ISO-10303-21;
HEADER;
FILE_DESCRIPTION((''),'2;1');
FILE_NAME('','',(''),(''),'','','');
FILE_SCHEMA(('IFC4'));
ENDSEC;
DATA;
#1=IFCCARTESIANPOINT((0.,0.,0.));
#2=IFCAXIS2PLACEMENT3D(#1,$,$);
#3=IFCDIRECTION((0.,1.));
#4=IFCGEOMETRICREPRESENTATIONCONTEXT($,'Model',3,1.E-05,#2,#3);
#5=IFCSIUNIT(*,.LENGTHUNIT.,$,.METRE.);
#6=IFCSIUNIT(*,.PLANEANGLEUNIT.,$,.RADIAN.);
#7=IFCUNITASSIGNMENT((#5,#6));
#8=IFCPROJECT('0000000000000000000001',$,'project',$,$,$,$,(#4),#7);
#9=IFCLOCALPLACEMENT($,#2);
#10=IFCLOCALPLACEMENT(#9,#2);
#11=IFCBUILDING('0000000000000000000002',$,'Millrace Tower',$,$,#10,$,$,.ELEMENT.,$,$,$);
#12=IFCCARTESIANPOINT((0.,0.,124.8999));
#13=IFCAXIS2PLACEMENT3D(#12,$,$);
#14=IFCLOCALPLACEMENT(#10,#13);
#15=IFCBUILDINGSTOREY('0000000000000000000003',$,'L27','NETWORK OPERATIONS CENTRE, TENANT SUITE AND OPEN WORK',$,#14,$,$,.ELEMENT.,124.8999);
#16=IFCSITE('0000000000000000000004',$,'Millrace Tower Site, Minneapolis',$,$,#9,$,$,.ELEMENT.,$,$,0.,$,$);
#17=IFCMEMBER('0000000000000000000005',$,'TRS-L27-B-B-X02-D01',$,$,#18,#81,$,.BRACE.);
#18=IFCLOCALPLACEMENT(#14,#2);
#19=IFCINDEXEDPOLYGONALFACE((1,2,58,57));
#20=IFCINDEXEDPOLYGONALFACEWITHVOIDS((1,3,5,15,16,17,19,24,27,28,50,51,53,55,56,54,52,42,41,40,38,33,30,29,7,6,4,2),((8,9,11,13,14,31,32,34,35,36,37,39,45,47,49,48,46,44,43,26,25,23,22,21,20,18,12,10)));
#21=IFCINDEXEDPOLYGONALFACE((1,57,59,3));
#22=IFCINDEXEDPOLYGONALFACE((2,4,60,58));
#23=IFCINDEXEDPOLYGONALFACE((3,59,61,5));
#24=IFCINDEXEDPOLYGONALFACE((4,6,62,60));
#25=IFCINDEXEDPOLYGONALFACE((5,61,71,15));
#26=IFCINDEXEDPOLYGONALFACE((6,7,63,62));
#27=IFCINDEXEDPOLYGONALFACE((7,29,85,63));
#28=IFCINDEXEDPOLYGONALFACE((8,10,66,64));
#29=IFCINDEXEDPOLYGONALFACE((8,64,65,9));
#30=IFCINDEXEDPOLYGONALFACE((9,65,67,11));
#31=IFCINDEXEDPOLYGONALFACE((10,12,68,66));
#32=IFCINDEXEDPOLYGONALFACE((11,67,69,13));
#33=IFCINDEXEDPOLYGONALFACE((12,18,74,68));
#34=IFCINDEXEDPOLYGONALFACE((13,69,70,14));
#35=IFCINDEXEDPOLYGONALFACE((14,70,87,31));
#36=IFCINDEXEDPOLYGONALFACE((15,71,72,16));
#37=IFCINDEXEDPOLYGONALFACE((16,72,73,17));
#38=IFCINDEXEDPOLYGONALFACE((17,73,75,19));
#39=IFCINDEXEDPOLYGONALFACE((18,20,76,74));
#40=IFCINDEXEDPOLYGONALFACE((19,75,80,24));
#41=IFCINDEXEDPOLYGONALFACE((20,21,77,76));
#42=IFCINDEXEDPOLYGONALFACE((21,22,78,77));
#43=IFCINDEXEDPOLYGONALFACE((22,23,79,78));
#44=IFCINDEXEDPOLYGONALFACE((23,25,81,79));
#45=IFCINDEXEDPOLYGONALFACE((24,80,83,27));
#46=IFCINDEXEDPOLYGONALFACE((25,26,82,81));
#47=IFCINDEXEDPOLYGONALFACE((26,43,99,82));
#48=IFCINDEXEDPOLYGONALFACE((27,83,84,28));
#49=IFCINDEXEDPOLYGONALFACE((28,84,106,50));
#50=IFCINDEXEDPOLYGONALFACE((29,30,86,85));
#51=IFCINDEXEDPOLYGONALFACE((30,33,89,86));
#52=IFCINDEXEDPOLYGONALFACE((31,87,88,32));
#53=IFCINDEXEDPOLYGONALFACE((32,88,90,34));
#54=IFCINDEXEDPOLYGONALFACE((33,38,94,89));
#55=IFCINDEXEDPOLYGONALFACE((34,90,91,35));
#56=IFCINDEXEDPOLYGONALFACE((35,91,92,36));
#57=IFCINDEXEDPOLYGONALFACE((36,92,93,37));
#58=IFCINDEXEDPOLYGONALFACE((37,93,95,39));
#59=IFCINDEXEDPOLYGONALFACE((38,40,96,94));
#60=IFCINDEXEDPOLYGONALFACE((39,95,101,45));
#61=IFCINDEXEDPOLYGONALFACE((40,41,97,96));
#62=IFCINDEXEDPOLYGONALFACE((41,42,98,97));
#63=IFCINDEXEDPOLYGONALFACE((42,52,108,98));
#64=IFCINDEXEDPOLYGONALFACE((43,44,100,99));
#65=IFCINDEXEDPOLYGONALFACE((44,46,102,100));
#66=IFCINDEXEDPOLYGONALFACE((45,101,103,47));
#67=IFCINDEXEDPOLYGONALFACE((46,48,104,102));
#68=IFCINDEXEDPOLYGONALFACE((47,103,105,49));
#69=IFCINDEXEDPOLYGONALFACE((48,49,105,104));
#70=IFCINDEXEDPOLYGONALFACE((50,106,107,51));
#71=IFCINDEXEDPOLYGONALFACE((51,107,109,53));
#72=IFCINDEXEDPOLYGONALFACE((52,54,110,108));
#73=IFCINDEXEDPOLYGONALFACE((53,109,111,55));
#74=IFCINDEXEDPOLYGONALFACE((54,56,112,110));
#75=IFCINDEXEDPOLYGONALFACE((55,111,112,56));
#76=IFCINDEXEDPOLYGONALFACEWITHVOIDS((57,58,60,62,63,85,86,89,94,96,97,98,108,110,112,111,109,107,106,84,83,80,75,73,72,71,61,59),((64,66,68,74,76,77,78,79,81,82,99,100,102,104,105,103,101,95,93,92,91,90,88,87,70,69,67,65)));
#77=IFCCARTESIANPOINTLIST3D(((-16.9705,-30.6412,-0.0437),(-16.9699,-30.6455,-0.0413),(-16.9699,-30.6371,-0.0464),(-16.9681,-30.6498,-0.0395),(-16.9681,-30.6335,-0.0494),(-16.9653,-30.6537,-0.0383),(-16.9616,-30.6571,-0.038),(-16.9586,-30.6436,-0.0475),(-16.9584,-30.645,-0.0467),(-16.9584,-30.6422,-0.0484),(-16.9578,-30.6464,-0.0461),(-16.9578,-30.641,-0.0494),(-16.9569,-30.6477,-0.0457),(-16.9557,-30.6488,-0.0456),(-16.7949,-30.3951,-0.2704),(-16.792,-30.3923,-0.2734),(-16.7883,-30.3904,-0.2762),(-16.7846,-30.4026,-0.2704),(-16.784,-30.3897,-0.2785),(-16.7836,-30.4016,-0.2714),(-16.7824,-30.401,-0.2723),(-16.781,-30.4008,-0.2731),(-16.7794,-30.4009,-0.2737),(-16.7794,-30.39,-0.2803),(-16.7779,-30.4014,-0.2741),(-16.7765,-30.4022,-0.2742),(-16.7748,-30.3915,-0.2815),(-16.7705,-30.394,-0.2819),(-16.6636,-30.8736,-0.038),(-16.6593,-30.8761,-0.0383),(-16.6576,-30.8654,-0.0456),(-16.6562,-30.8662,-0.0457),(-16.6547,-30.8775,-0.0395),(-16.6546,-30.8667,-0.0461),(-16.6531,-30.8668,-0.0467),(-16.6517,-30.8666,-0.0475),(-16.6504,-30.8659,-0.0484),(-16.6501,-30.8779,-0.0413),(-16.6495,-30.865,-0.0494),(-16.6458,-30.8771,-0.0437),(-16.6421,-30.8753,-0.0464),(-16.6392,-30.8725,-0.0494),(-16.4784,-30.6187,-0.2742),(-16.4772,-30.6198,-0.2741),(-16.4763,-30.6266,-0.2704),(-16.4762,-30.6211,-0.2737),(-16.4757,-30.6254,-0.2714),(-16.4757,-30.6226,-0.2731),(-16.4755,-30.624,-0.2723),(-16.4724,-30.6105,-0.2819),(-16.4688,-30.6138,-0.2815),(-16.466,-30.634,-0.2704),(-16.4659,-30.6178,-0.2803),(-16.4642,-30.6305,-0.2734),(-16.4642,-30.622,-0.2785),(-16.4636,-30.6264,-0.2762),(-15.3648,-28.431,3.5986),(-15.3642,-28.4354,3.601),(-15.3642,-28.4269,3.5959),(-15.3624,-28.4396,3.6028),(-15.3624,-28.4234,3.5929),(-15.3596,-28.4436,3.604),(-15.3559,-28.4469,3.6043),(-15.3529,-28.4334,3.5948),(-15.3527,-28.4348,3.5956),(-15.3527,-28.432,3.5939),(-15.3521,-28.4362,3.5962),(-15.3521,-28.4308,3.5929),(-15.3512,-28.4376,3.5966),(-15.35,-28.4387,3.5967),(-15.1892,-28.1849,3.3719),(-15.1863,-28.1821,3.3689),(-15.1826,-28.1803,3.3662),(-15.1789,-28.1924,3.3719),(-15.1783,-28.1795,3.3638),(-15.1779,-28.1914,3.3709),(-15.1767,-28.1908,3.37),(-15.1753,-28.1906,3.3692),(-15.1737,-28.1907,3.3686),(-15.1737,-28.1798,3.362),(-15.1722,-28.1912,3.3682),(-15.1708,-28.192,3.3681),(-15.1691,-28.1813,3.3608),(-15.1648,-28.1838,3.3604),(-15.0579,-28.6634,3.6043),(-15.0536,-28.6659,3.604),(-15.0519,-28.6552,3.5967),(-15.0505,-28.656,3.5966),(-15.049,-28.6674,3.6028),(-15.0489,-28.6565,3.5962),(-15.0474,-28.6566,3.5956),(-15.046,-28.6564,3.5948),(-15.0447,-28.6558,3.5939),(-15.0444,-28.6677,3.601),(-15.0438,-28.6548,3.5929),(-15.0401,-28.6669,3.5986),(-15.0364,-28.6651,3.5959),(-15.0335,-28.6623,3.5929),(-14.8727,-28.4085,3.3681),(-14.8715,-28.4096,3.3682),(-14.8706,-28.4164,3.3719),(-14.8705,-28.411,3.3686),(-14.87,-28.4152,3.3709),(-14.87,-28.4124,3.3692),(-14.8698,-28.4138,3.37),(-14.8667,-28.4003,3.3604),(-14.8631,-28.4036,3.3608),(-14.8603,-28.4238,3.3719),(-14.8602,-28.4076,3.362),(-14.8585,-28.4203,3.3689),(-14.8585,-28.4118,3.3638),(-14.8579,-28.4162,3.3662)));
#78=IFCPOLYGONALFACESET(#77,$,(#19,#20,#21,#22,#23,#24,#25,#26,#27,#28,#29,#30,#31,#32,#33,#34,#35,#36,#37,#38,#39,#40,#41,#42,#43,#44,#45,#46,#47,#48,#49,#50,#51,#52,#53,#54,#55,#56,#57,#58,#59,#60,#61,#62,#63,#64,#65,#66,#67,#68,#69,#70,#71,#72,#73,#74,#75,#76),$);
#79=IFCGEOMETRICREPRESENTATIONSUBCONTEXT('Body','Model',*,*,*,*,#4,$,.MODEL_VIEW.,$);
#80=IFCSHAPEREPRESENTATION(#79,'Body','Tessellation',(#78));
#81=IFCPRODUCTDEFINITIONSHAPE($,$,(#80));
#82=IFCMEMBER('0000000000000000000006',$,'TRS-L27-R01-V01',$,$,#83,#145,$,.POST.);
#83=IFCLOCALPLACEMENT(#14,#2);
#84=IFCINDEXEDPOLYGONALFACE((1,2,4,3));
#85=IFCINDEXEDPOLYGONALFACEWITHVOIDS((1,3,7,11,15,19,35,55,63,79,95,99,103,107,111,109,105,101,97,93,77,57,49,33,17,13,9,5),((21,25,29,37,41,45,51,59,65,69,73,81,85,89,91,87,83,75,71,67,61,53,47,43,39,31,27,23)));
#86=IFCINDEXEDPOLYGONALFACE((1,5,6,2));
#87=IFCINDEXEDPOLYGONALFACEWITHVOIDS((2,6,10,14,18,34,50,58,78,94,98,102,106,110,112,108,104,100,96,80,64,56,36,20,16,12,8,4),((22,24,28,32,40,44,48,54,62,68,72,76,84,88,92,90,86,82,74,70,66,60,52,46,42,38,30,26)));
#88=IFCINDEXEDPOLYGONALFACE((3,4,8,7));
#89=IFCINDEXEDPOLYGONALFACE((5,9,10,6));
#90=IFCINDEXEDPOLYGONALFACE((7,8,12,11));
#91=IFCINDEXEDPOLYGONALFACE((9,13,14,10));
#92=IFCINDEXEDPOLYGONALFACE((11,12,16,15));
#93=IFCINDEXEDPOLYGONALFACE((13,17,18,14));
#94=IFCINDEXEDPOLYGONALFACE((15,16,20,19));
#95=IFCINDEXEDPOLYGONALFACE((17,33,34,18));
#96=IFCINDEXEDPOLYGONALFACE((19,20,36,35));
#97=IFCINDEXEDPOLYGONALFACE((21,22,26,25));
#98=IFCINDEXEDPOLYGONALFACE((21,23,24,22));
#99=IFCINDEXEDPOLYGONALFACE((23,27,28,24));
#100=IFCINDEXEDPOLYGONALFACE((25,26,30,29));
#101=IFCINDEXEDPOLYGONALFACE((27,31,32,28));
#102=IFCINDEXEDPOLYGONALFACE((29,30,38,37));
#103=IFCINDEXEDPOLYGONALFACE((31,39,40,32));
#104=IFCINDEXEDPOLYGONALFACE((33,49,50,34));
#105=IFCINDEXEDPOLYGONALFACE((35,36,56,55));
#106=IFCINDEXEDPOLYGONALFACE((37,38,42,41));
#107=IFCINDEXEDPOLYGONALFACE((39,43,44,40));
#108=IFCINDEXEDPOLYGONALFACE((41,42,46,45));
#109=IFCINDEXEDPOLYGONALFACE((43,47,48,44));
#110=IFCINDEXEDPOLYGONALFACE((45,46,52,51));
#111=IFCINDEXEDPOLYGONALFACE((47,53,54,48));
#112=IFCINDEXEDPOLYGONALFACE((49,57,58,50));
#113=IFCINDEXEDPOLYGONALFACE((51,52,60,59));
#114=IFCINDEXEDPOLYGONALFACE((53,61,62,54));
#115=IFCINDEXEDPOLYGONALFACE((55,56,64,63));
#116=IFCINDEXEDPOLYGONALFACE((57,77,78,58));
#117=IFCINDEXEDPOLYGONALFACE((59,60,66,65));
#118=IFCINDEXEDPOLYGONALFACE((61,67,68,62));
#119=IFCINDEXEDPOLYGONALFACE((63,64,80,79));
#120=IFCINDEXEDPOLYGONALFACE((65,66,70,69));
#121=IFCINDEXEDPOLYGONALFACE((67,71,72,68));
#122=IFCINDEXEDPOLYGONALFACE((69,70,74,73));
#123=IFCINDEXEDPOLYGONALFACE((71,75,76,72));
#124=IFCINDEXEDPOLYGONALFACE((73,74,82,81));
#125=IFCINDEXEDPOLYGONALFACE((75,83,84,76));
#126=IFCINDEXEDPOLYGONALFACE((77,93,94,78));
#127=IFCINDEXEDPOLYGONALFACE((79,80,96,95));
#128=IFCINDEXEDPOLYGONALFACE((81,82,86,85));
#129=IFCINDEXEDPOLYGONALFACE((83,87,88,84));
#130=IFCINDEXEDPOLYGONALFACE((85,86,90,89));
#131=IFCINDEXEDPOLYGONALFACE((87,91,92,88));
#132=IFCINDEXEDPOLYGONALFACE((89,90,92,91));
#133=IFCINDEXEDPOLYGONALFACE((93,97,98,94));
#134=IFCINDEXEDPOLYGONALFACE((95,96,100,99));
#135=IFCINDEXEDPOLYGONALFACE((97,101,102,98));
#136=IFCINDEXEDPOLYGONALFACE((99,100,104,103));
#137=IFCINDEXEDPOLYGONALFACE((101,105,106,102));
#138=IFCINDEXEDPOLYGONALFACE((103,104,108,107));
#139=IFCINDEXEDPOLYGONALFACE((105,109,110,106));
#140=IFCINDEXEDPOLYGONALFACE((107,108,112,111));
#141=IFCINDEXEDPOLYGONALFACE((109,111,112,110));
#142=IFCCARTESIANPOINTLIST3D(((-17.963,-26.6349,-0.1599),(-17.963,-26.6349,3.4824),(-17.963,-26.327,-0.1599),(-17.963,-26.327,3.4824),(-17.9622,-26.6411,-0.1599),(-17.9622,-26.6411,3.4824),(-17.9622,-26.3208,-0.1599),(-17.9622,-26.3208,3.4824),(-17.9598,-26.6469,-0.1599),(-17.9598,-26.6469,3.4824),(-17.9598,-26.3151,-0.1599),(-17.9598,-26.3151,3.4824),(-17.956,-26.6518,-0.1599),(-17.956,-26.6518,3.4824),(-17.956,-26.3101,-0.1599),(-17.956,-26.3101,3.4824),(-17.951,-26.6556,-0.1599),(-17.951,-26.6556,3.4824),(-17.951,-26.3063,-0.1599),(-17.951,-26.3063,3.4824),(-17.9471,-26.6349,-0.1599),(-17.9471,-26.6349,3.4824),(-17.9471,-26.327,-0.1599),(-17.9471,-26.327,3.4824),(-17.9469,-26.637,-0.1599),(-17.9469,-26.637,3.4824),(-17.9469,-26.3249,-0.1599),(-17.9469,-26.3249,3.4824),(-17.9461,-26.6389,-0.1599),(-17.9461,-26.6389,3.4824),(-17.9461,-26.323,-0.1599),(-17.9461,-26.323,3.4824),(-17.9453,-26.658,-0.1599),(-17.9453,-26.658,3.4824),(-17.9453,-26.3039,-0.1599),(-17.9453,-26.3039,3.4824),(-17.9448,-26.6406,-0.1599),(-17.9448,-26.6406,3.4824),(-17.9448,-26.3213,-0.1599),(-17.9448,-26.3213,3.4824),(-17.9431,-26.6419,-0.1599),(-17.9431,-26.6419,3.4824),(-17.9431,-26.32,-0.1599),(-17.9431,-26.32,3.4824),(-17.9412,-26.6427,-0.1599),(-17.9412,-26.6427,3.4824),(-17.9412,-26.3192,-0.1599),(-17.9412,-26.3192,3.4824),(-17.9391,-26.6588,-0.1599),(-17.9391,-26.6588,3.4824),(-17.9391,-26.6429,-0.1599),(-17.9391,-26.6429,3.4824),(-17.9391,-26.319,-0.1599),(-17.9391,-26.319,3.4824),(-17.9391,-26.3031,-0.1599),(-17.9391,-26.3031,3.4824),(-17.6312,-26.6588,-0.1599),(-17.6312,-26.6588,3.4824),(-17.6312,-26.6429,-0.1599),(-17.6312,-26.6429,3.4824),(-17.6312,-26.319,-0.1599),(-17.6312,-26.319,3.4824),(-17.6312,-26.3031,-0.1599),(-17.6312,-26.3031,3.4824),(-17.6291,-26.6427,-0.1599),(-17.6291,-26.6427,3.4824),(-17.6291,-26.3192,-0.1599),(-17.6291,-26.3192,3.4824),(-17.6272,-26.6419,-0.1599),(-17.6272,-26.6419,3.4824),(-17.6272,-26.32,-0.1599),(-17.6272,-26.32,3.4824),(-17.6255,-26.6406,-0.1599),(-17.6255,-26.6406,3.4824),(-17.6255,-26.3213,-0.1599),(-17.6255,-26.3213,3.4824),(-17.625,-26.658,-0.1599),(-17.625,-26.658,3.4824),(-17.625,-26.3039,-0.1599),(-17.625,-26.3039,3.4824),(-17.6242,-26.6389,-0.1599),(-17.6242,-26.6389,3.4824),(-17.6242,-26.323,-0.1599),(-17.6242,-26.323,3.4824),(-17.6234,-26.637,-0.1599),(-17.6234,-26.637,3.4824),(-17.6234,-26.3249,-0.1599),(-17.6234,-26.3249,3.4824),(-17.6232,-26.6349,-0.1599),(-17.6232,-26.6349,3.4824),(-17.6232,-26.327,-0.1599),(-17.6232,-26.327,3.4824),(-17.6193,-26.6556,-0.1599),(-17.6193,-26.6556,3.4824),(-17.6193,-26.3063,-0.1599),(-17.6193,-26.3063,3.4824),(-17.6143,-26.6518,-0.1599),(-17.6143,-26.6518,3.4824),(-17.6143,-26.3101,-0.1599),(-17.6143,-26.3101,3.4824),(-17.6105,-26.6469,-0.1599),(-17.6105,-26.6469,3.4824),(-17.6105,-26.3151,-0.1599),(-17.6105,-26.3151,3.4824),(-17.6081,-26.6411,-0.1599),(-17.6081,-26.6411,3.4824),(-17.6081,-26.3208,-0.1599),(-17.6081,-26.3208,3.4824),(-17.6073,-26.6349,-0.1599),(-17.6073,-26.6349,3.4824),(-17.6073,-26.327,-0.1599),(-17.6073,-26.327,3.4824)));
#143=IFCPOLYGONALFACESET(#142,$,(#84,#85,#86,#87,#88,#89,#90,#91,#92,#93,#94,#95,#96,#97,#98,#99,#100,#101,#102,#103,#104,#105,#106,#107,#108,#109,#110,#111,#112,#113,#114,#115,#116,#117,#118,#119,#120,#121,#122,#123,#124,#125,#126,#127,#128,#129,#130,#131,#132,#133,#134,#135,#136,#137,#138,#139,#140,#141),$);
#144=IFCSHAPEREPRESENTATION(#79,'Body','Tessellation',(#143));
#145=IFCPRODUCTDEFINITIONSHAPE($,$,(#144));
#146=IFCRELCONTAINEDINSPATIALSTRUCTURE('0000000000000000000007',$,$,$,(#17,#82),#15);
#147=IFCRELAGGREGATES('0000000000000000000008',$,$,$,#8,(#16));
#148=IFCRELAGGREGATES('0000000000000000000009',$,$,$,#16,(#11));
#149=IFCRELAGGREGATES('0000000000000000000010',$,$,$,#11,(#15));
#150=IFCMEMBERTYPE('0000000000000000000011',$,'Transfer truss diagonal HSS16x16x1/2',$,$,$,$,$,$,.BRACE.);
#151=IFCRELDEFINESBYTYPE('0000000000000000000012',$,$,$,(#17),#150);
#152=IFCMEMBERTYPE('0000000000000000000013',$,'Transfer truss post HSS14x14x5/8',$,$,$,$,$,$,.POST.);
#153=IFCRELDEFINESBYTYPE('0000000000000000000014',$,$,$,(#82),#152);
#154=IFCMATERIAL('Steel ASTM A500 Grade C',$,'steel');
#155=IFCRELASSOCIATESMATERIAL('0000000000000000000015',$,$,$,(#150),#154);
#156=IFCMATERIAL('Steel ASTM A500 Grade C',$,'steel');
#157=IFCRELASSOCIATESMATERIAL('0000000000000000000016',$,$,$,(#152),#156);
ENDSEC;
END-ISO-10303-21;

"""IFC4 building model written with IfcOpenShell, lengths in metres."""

from ifc_helpers import new_model, si_unit, direction, frame, origin, origin_2d, place, context, subcontext, project, spatial, hollow_rectangle, extrude, material, material_profile, profile_set, type_object, element, save


model = new_model("IFC4")

# Units and contexts
model_context = context("Model", 3, precision=1e-05, world=origin(), true_north=direction((0.0, 1.0)))
body_context = subcontext(model_context, "Body", "Model", "MODEL_VIEW")
ifc_project = project(units=[si_unit("LENGTHUNIT", "METRE"), si_unit("PLANEANGLEUNIT", "RADIAN")], contexts=[model_context])

# Site, building, storey
site_placement = place(None, origin())
site = spatial("IfcSite", under=ifc_project, at=site_placement, Name="Millrace Tower Site, Minneapolis", CompositionType="ELEMENT", RefElevation=0.0)
building_placement = place(site_placement, origin())
building = spatial("IfcBuilding", under=site, at=building_placement, Name="Millrace Tower", CompositionType="ELEMENT")
storey_placement = place(building_placement, frame((0.0, 0.0, 124.8999)))
storey = spatial("IfcBuildingStorey", under=building, at=storey_placement, Name="L27", Description="NETWORK OPERATIONS CENTRE, TENANT SUITE AND OPEN WORK", CompositionType="ELEMENT", Elevation=124.8999)

# Members
ifc_material_1 = material(Name="Steel ASTM A500 Grade C", Category="steel")
ifc_material_profile_1 = material_profile(ifc_material_1, hollow_rectangle(XDim=0.4065, YDim=0.4065, WallThickness=0.0127, InnerFilletRadius=0.0063, OuterFilletRadius=0.019, at=origin_2d()))
ifc_profile_set_1 = profile_set([ifc_material_profile_1], Name="Steel ASTM A500 Grade C")
member_type_1 = type_object("IfcMemberType", Name="Transfer truss diagonal HSS16x16x1/2", PredefinedType="BRACE", material=ifc_profile_set_1)
member_1_placement = place(storey_placement, frame((-16.717, -30.6338, -0.1599), z_axis=(0.35267, 0.485438, 0.799983), x_axis=(-0.809034, 0.587762, 0.0)))
element("IfcMember", 1, at=member_1_placement, inside=storey, type_object=member_type_1, Name="TRS-L27-B-B-X02-D01", PredefinedType="BRACE", context=body_context, shape_type="SweptSolid", body=[
    extrude(hollow_rectangle(XDim=0.4065, YDim=0.4065, WallThickness=0.0127, InnerFilletRadius=0.0063, OuterFilletRadius=0.019, at=origin_2d()), origin(), (0.0, 0.0, 1.0), 4.553),
])
ifc_material_2 = material(Name="Steel ASTM A500 Grade C", Category="steel")
ifc_material_profile_2 = material_profile(ifc_material_2, hollow_rectangle(XDim=0.3557, YDim=0.3557, WallThickness=0.0159, InnerFilletRadius=0.0081, OuterFilletRadius=0.0239, at=origin_2d()))
ifc_profile_set_2 = profile_set([ifc_material_profile_2], Name="Steel ASTM A500 Grade C")
member_type_2 = type_object("IfcMemberType", Name="Transfer truss post HSS14x14x5/8", PredefinedType="POST", material=ifc_profile_set_2)
for number, where, z_axis, x_axis, name in (
    (2, (-17.7852, -26.481, -0.1599), (0.0, 0.0, 1.0), (1.0, 0.0, 0.0), "TRS-L27-R01-V01"),
):
    element("IfcMember", number, at=place(storey_placement, frame(where, z_axis=z_axis, x_axis=x_axis)), inside=storey, type_object=member_type_2, Name=name, PredefinedType="POST", context=body_context, shape_type="SweptSolid", body=[
        extrude(hollow_rectangle(XDim=0.3557, YDim=0.3557, WallThickness=0.0159, InnerFilletRadius=0.0081, OuterFilletRadius=0.0239, at=origin_2d()), origin(), (0.0, 0.0, 1.0), 3.6423),
    ])

save(model, "model.ifc")
